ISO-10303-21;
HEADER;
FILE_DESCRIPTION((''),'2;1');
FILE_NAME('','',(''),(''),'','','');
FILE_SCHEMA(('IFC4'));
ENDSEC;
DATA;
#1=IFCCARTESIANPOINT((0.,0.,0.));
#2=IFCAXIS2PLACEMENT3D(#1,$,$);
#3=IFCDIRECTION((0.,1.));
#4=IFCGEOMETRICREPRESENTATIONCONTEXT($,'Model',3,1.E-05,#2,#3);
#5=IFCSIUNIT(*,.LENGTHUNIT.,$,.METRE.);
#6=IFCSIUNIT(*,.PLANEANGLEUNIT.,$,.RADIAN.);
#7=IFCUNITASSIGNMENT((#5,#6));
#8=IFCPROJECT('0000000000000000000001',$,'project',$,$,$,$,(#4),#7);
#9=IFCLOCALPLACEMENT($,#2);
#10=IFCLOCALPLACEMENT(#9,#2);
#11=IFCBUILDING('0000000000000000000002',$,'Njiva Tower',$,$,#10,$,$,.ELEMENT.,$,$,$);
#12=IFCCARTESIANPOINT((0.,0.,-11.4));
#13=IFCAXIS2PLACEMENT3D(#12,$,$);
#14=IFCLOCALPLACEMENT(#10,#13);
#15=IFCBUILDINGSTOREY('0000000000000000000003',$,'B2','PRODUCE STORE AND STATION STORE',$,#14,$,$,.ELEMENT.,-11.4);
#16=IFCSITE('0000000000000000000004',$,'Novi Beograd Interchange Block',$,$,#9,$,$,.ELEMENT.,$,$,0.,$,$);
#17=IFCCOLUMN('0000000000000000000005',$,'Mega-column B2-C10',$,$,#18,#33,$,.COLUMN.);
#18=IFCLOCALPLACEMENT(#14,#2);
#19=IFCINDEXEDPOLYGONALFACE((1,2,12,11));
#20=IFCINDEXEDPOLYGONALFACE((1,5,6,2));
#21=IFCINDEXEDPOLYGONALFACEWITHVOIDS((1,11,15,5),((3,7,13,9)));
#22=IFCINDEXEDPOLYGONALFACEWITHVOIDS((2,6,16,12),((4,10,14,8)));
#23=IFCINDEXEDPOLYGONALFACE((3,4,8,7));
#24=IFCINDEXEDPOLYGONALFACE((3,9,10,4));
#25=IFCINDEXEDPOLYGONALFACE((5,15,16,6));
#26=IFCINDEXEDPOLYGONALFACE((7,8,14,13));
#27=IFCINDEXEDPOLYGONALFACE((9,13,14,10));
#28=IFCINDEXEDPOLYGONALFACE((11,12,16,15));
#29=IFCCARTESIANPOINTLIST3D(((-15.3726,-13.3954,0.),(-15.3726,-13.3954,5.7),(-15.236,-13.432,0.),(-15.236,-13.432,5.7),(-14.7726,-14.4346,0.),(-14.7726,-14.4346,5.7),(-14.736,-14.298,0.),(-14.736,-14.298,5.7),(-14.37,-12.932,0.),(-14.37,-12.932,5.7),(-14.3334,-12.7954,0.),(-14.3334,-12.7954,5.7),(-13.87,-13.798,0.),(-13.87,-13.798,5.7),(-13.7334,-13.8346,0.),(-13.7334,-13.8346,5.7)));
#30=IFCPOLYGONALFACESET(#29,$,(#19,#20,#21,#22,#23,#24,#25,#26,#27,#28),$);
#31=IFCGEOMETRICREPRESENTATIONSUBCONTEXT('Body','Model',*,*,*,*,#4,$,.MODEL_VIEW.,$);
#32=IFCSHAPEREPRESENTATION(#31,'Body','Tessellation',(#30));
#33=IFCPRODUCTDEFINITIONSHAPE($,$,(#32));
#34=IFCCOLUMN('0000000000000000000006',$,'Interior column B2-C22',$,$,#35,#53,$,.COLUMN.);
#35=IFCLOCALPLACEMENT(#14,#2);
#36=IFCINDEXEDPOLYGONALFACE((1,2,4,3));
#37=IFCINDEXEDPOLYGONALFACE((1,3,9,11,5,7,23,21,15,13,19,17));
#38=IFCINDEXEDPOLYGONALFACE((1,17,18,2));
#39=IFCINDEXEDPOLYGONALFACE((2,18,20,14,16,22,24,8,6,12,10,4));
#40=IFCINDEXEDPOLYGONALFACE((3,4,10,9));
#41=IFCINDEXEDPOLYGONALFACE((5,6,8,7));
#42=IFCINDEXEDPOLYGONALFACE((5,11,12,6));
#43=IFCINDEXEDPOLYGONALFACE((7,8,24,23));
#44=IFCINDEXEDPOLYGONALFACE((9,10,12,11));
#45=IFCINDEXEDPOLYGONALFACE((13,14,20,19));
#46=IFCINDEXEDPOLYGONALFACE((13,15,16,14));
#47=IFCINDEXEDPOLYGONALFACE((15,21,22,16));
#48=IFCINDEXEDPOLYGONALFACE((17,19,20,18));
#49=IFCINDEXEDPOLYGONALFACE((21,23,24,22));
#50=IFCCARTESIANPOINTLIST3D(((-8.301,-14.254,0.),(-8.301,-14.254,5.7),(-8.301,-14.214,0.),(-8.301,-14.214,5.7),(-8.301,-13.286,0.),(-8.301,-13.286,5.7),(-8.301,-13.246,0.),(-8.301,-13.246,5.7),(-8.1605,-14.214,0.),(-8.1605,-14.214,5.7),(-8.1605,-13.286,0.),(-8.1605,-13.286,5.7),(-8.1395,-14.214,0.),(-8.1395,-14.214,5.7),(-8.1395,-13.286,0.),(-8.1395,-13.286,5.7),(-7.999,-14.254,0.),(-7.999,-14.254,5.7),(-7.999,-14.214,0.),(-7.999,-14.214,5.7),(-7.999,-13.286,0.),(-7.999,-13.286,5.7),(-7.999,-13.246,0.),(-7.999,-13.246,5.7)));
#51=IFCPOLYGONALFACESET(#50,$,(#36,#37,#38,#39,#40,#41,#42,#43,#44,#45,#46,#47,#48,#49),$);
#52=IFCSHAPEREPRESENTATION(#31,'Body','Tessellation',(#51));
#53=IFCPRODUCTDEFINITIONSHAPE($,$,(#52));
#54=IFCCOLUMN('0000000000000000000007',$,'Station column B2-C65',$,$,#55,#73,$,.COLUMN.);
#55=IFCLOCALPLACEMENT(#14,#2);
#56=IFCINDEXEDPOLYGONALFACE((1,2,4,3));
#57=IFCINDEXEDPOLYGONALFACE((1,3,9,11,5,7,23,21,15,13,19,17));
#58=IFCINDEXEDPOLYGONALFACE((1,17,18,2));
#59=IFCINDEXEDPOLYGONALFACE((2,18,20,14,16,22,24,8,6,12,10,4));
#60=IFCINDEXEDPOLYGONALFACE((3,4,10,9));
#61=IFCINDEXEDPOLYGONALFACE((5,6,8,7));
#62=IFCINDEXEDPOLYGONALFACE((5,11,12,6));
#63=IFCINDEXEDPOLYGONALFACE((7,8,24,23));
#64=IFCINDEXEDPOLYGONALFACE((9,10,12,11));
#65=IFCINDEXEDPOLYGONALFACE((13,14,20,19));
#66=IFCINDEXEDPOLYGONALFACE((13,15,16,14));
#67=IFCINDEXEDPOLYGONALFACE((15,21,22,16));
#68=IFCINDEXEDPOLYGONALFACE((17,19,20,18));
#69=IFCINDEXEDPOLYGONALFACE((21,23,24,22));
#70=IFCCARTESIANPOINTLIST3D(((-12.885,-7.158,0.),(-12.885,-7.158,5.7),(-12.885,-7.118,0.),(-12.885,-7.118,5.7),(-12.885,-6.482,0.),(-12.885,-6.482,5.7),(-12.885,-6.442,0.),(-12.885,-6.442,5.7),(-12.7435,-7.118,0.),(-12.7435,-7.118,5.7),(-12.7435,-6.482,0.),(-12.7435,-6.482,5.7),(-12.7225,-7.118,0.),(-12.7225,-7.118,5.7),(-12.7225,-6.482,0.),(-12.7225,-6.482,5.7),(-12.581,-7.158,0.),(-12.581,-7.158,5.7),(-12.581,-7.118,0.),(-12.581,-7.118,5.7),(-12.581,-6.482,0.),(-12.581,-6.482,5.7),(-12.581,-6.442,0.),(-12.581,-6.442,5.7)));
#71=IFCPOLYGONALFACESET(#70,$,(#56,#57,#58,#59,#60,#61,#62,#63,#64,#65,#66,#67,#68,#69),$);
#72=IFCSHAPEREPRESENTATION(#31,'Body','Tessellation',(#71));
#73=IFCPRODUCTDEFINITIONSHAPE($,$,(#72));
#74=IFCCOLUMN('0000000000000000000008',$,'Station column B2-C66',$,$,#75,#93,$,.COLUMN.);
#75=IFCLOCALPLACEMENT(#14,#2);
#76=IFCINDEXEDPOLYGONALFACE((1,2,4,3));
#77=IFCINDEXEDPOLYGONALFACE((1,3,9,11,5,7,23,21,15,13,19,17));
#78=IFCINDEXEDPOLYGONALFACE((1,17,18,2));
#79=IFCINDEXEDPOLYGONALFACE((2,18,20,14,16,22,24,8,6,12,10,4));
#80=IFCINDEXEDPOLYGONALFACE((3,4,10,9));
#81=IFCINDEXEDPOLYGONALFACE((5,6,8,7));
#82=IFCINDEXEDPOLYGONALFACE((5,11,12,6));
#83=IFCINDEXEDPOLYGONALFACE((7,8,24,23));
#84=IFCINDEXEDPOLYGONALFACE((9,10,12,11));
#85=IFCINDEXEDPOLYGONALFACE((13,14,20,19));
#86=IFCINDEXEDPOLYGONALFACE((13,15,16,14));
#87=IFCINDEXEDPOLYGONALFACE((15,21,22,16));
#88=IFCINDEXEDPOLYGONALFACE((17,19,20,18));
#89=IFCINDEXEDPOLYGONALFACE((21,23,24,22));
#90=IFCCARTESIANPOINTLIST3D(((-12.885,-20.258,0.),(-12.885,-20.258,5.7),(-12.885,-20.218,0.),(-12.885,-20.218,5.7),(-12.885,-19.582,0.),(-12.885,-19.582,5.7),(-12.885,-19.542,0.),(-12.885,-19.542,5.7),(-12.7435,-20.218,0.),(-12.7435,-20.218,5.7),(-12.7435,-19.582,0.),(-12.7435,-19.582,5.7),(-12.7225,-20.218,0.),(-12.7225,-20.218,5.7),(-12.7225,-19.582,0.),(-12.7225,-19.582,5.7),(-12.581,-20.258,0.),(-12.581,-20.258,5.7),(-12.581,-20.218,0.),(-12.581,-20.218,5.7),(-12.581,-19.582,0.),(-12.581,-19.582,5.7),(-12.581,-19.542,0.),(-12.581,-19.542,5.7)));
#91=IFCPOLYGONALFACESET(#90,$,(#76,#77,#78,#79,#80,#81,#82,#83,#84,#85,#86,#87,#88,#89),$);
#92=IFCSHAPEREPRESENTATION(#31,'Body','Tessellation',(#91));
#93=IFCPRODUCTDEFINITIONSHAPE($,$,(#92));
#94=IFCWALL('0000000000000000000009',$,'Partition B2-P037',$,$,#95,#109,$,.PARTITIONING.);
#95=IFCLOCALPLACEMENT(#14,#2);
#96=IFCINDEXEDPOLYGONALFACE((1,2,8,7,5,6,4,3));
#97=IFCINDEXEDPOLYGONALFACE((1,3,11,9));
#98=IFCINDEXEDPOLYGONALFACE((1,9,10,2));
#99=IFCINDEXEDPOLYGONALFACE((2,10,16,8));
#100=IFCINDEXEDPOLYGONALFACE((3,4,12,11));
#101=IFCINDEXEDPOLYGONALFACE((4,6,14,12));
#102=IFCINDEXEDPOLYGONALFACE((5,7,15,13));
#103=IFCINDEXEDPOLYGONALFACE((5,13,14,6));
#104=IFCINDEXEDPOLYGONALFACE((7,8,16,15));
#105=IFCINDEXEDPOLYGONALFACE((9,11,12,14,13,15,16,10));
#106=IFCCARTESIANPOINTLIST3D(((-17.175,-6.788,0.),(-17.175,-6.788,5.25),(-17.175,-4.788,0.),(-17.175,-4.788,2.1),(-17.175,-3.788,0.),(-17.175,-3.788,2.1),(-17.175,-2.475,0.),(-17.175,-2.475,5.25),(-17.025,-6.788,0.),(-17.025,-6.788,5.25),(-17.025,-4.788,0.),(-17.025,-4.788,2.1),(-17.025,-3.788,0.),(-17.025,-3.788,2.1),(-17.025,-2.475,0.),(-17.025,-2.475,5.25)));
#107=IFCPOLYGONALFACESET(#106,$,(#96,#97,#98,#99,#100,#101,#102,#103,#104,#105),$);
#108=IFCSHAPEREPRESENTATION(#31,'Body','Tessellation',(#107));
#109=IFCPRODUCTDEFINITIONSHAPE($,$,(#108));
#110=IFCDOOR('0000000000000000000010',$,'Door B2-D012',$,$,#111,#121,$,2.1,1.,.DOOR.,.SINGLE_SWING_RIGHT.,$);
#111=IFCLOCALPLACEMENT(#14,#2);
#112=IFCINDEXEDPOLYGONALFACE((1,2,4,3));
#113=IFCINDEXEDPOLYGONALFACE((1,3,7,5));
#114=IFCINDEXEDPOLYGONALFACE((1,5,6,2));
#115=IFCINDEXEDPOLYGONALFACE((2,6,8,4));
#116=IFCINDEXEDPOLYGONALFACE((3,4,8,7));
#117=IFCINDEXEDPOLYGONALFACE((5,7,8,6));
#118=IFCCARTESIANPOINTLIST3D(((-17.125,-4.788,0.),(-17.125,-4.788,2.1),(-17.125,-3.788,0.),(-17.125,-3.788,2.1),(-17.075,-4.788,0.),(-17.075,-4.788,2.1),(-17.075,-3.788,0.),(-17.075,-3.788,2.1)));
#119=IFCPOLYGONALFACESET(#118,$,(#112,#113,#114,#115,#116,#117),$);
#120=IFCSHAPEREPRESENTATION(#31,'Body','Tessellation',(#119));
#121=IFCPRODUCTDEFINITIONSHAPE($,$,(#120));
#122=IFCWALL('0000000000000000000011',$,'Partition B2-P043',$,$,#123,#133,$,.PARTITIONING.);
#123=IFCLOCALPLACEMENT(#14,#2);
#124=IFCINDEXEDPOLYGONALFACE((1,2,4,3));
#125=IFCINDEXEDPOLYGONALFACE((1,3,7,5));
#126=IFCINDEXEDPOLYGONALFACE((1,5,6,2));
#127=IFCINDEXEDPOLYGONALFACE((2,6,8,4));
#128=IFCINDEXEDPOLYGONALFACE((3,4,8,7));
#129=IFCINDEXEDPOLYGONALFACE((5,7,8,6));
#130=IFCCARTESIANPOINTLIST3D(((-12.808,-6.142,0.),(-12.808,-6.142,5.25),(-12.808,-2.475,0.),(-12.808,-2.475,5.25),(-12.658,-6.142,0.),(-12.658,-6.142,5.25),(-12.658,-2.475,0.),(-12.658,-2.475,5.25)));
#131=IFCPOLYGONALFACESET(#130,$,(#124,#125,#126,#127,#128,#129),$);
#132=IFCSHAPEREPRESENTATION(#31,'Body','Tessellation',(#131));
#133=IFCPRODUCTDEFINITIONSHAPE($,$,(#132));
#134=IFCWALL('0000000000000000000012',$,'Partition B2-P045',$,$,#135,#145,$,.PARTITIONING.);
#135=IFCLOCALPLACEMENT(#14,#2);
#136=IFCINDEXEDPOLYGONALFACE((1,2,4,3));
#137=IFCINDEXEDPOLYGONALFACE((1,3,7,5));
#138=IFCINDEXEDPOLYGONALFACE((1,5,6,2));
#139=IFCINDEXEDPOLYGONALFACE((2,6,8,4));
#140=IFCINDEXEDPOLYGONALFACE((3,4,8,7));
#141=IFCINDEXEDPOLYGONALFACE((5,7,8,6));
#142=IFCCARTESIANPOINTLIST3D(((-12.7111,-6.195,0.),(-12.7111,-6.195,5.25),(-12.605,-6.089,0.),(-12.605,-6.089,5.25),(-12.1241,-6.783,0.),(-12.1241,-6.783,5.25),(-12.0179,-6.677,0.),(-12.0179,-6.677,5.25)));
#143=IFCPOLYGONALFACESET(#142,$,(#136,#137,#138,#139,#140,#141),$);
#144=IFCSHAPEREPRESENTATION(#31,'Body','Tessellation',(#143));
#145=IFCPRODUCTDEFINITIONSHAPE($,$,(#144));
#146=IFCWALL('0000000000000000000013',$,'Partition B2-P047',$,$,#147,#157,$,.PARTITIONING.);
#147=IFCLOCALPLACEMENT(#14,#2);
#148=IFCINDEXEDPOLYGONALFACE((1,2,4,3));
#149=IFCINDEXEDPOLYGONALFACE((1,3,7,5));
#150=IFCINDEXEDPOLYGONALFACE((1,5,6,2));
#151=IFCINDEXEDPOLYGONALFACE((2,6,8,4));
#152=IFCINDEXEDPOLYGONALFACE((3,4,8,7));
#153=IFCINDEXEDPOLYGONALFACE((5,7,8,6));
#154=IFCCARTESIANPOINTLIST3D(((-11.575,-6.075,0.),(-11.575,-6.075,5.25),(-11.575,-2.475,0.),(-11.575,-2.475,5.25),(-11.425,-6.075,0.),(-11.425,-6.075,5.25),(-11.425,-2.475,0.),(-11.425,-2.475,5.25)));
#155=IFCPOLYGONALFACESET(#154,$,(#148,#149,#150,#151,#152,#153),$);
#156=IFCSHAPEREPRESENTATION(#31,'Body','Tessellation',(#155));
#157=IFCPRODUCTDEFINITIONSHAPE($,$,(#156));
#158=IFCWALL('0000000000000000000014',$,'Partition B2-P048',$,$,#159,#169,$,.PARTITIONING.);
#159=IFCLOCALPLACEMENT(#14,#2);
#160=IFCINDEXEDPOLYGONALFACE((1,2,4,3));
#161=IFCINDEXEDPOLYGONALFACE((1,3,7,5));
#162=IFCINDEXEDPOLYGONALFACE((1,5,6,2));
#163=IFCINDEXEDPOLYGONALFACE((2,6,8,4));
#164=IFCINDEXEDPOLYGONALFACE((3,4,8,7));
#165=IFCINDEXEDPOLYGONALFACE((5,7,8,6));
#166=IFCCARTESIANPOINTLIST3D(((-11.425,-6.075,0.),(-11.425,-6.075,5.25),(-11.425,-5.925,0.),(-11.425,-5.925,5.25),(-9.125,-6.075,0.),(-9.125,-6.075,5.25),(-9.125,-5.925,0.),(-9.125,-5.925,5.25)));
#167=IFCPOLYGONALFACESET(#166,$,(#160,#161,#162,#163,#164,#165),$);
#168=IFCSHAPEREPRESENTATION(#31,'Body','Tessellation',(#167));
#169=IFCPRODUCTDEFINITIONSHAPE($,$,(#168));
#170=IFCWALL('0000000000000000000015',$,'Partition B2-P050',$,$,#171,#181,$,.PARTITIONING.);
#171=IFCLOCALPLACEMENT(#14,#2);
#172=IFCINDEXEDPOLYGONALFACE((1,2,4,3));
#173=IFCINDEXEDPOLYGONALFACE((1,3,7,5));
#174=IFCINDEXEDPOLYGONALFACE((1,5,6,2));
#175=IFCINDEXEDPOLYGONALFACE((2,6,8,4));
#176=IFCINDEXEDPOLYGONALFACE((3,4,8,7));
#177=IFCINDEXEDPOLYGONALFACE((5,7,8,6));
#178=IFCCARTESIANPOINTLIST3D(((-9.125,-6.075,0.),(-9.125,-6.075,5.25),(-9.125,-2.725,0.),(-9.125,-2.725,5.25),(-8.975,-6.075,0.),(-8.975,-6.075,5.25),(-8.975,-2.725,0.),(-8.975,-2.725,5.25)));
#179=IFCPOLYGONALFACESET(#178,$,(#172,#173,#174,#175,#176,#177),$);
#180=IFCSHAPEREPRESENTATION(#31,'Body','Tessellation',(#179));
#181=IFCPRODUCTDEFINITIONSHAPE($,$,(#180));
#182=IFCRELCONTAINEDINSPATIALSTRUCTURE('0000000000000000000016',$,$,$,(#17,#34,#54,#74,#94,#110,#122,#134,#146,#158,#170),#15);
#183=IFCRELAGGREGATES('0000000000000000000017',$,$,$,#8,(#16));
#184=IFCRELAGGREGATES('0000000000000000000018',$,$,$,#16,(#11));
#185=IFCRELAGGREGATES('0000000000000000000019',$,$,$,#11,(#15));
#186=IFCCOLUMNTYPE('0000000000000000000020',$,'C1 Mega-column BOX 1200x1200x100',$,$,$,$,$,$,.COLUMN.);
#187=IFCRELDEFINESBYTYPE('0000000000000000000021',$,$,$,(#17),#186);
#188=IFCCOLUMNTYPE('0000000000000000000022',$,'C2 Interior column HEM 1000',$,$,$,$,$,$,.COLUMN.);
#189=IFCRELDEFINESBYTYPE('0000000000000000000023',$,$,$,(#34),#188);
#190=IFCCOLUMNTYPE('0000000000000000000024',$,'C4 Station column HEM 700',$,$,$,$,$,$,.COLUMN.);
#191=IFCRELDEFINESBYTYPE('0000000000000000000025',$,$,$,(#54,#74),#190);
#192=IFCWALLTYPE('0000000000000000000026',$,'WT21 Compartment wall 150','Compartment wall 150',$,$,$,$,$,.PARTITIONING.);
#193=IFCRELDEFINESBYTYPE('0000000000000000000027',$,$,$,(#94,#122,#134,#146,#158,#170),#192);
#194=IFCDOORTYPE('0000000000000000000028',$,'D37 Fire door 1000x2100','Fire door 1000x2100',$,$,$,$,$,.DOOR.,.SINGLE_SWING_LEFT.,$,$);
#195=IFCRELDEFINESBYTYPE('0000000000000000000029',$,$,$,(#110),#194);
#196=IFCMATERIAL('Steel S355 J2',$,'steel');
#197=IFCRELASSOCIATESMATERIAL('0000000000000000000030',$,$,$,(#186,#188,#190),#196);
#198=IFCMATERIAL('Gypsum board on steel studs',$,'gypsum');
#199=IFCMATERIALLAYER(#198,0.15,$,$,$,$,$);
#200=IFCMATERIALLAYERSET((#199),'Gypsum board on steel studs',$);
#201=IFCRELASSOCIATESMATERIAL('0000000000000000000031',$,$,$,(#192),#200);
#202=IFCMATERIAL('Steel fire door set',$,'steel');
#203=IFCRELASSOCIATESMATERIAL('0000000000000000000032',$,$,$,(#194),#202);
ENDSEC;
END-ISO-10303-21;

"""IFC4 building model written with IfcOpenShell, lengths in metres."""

from ifc_helpers import new_model, si_unit, direction, frame, frame_2d, origin, origin_2d, place, context, subcontext, project, spatial, rectangle, hollow_rectangle, i_section, extrude, material, layer, layer_set, material_profile, profile_set, type_object, element, fill, save


model = new_model("IFC4")

# Units and contexts
model_context = context("Model", 3, precision=1e-05, world=origin(), true_north=direction((0.0, 1.0)))
body_context = subcontext(model_context, "Body", "Model", "MODEL_VIEW")
ifc_project = project(units=[si_unit("LENGTHUNIT", "METRE"), si_unit("PLANEANGLEUNIT", "RADIAN")], contexts=[model_context])

# Site, building, storey
site_placement = place(None, origin())
site = spatial("IfcSite", under=ifc_project, at=site_placement, Name="Novi Beograd Interchange Block", CompositionType="ELEMENT", RefElevation=0.0)
building_placement = place(site_placement, origin())
building = spatial("IfcBuilding", under=site, at=building_placement, Name="Njiva Tower", CompositionType="ELEMENT")
storey_placement = place(building_placement, frame((0.0, 0.0, -11.4)))
storey = spatial("IfcBuildingStorey", under=building, at=storey_placement, Name="B2", Description="PRODUCE STORE AND STATION STORE", CompositionType="ELEMENT", Elevation=-11.4)

# Columns
ifc_material_1 = material(Name="Steel S355 J2", Category="steel")
ifc_material_profile_1 = material_profile(ifc_material_1, hollow_rectangle(XDim=1.2, YDim=1.2, WallThickness=0.1, at=origin_2d()), Name="BOX 1200x1200x100")
ifc_profile_set_1 = profile_set([ifc_material_profile_1], Name="Steel S355 J2")
column_type_1 = type_object("IfcColumnType", Name="C1 Mega-column BOX 1200x1200x100", PredefinedType="COLUMN", material=ifc_profile_set_1)
column_1_placement = place(storey_placement, frame((-14.553, -13.615, 0.0), z_axis=(0.0, 0.0, 1.0), x_axis=(0.5, -0.866025, 0.0)))
element("IfcColumn", 1, at=column_1_placement, inside=storey, type_object=column_type_1, Name="Mega-column B2-C10", PredefinedType="COLUMN", context=body_context, shape_type="SweptSolid", body=[
    extrude(hollow_rectangle(XDim=1.2, YDim=1.2, WallThickness=0.1, at=origin_2d()), origin(), (0.0, 0.0, 1.0), 5.7),
])
ifc_material_profile_2 = material_profile(ifc_material_1, i_section(OverallWidth=0.302, OverallDepth=1.008, WebThickness=0.021, FlangeThickness=0.04, at=origin_2d()), Name="HEM 1000")
ifc_profile_set_2 = profile_set([ifc_material_profile_2], Name="Steel S355 J2")
column_type_2 = type_object("IfcColumnType", Name="C2 Interior column HEM 1000", PredefinedType="COLUMN", material=ifc_profile_set_2)
column_2_placement = place(storey_placement, frame((-8.15, -13.75, 0.0), z_axis=(0.0, 0.0, 1.0), x_axis=(1.0, 0.0, 0.0)))
element("IfcColumn", 2, at=column_2_placement, inside=storey, type_object=column_type_2, Name="Interior column B2-C22", PredefinedType="COLUMN", context=body_context, shape_type="SweptSolid", body=[
    extrude(i_section(OverallWidth=0.302, OverallDepth=1.008, WebThickness=0.021, FlangeThickness=0.04, at=origin_2d()), origin(), (0.0, 0.0, 1.0), 5.7),
])
ifc_material_profile_3 = material_profile(ifc_material_1, i_section(OverallWidth=0.304, OverallDepth=0.716, WebThickness=0.021, FlangeThickness=0.04, at=origin_2d()), Name="HEM 700")
ifc_profile_set_3 = profile_set([ifc_material_profile_3], Name="Steel S355 J2")
column_type_3 = type_object("IfcColumnType", Name="C4 Station column HEM 700", PredefinedType="COLUMN", material=ifc_profile_set_3)
for number, where, z_axis, x_axis, name in (
    (3, (-12.733, -6.8, 0.0), (0.0, 0.0, 1.0), (1.0, 0.0, 0.0), "Station column B2-C65"),
    (4, (-12.733, -19.9, 0.0), (0.0, 0.0, 1.0), (1.0, 0.0, 0.0), "Station column B2-C66"),
):
    element("IfcColumn", number, at=place(storey_placement, frame(where, z_axis=z_axis, x_axis=x_axis)), inside=storey, type_object=column_type_3, Name=name, PredefinedType="COLUMN", context=body_context, shape_type="SweptSolid", body=[
        extrude(i_section(OverallWidth=0.304, OverallDepth=0.716, WebThickness=0.021, FlangeThickness=0.04, at=origin_2d()), origin(), (0.0, 0.0, 1.0), 5.7),
    ])

# Wall, opening, door
ifc_material_2 = material(Name="Gypsum board on steel studs", Category="gypsum")
ifc_layer_1 = layer(ifc_material_2, 0.15)
ifc_layer_set_1 = layer_set([ifc_layer_1], Name="Gypsum board on steel studs")
wall_type_1 = type_object("IfcWallType", Name="WT21 Compartment wall 150", Description="Compartment wall 150", PredefinedType="PARTITIONING", material=ifc_layer_set_1)
wall_1_placement = place(storey_placement, frame((-17.1, -6.788, 0.0), z_axis=(0.0, 0.0, 1.0), x_axis=(0.0, 1.0, 0.0)))
wall_1 = element("IfcWall", 5, at=wall_1_placement, inside=storey, type_object=wall_type_1, Name="Partition B2-P037", PredefinedType="PARTITIONING", context=body_context, shape_type="SweptSolid", body=[
    extrude(rectangle(XDim=4.313, YDim=0.15, at=frame_2d((2.1565, 0.0))), origin(), (0.0, 0.0, 1.0), 5.25),
])
opening_1_placement = place(wall_1_placement, frame((2.0, 0.0, 0.0)))
opening_1 = element("IfcOpeningElement", 6, at=opening_1_placement, cuts=wall_1, PredefinedType="OPENING", context=body_context, shape_type="SweptSolid", body=[
    extrude(rectangle(XDim=1.0, YDim=2.1, at=frame_2d((0.5, 1.05))), frame((0.0, 0.085, 0.0), z_axis=(0.0, -1.0, 0.0), x_axis=(1.0, 0.0, 0.0)), (0.0, 0.0, 1.0), 0.17),
])
ifc_material_3 = material(Name="Steel fire door set", Category="steel")
door_type_1 = type_object("IfcDoorType", Name="D37 Fire door 1000x2100", Description="Fire door 1000x2100", OperationType="SINGLE_SWING_LEFT", PredefinedType="DOOR", material=ifc_material_3)
door_1_placement = place(opening_1_placement, origin())
door_1 = element("IfcDoor", 7, at=door_1_placement, inside=storey, type_object=door_type_1, Name="Door B2-D012", OperationType="SINGLE_SWING_RIGHT", OverallHeight=2.1, OverallWidth=1.0, PredefinedType="DOOR", context=body_context, shape_type="SweptSolid", body=[
    extrude(rectangle(XDim=1.0, YDim=2.1, at=frame_2d((0.5, 1.05))), frame((0.0, 0.025, 0.0), z_axis=(0.0, -1.0, 0.0), x_axis=(1.0, 0.0, 0.0)), (0.0, 0.0, 1.0), 0.05),
])
fill(opening_1, door_1)

# Walls
wall_2_placement = place(storey_placement, frame((-12.733, -6.142, 0.0), z_axis=(0.0, 0.0, 1.0), x_axis=(0.0, 1.0, 0.0)))
element("IfcWall", 8, at=wall_2_placement, inside=storey, type_object=wall_type_1, Name="Partition B2-P043", PredefinedType="PARTITIONING", context=body_context, shape_type="SweptSolid", body=[
    extrude(rectangle(XDim=3.667, YDim=0.15, at=frame_2d((1.8335, 0.0))), origin(), (0.0, 0.0, 1.0), 5.25),
])
wall_3_placement = place(storey_placement, frame((-12.658, -6.142, 0.0), z_axis=(0.0, 0.0, 1.0), x_axis=(0.706505, -0.707708, 0.0)))
element("IfcWall", 9, at=wall_3_placement, inside=storey, type_object=wall_type_1, Name="Partition B2-P045", PredefinedType="PARTITIONING", context=body_context, shape_type="SweptSolid", body=[
    extrude(rectangle(XDim=0.8309, YDim=0.15, at=frame_2d((0.4154, 0.0))), origin(), (0.0, 0.0, 1.0), 5.25),
])
wall_4_placement = place(storey_placement, frame((-11.5, -6.075, 0.0), z_axis=(0.0, 0.0, 1.0), x_axis=(0.0, 1.0, 0.0)))
element("IfcWall", 10, at=wall_4_placement, inside=storey, type_object=wall_type_1, Name="Partition B2-P047", PredefinedType="PARTITIONING", context=body_context, shape_type="SweptSolid", body=[
    extrude(rectangle(XDim=3.6, YDim=0.15, at=frame_2d((1.8, 0.0))), origin(), (0.0, 0.0, 1.0), 5.25),
])
wall_5_placement = place(storey_placement, frame((-11.425, -6.0, 0.0), z_axis=(0.0, 0.0, 1.0), x_axis=(1.0, 0.0, 0.0)))
element("IfcWall", 11, at=wall_5_placement, inside=storey, type_object=wall_type_1, Name="Partition B2-P048", PredefinedType="PARTITIONING", context=body_context, shape_type="SweptSolid", body=[
    extrude(rectangle(XDim=2.3, YDim=0.15, at=frame_2d((1.15, 0.0))), origin(), (0.0, 0.0, 1.0), 5.25),
])
wall_6_placement = place(storey_placement, frame((-9.05, -6.075, 0.0), z_axis=(0.0, 0.0, 1.0), x_axis=(0.0, 1.0, 0.0)))
element("IfcWall", 12, at=wall_6_placement, inside=storey, type_object=wall_type_1, Name="Partition B2-P050", PredefinedType="PARTITIONING", context=body_context, shape_type="SweptSolid", body=[
    extrude(rectangle(XDim=3.35, YDim=0.15, at=frame_2d((1.675, 0.0))), origin(), (0.0, 0.0, 1.0), 5.25),
])

save(model, "model.ifc")
